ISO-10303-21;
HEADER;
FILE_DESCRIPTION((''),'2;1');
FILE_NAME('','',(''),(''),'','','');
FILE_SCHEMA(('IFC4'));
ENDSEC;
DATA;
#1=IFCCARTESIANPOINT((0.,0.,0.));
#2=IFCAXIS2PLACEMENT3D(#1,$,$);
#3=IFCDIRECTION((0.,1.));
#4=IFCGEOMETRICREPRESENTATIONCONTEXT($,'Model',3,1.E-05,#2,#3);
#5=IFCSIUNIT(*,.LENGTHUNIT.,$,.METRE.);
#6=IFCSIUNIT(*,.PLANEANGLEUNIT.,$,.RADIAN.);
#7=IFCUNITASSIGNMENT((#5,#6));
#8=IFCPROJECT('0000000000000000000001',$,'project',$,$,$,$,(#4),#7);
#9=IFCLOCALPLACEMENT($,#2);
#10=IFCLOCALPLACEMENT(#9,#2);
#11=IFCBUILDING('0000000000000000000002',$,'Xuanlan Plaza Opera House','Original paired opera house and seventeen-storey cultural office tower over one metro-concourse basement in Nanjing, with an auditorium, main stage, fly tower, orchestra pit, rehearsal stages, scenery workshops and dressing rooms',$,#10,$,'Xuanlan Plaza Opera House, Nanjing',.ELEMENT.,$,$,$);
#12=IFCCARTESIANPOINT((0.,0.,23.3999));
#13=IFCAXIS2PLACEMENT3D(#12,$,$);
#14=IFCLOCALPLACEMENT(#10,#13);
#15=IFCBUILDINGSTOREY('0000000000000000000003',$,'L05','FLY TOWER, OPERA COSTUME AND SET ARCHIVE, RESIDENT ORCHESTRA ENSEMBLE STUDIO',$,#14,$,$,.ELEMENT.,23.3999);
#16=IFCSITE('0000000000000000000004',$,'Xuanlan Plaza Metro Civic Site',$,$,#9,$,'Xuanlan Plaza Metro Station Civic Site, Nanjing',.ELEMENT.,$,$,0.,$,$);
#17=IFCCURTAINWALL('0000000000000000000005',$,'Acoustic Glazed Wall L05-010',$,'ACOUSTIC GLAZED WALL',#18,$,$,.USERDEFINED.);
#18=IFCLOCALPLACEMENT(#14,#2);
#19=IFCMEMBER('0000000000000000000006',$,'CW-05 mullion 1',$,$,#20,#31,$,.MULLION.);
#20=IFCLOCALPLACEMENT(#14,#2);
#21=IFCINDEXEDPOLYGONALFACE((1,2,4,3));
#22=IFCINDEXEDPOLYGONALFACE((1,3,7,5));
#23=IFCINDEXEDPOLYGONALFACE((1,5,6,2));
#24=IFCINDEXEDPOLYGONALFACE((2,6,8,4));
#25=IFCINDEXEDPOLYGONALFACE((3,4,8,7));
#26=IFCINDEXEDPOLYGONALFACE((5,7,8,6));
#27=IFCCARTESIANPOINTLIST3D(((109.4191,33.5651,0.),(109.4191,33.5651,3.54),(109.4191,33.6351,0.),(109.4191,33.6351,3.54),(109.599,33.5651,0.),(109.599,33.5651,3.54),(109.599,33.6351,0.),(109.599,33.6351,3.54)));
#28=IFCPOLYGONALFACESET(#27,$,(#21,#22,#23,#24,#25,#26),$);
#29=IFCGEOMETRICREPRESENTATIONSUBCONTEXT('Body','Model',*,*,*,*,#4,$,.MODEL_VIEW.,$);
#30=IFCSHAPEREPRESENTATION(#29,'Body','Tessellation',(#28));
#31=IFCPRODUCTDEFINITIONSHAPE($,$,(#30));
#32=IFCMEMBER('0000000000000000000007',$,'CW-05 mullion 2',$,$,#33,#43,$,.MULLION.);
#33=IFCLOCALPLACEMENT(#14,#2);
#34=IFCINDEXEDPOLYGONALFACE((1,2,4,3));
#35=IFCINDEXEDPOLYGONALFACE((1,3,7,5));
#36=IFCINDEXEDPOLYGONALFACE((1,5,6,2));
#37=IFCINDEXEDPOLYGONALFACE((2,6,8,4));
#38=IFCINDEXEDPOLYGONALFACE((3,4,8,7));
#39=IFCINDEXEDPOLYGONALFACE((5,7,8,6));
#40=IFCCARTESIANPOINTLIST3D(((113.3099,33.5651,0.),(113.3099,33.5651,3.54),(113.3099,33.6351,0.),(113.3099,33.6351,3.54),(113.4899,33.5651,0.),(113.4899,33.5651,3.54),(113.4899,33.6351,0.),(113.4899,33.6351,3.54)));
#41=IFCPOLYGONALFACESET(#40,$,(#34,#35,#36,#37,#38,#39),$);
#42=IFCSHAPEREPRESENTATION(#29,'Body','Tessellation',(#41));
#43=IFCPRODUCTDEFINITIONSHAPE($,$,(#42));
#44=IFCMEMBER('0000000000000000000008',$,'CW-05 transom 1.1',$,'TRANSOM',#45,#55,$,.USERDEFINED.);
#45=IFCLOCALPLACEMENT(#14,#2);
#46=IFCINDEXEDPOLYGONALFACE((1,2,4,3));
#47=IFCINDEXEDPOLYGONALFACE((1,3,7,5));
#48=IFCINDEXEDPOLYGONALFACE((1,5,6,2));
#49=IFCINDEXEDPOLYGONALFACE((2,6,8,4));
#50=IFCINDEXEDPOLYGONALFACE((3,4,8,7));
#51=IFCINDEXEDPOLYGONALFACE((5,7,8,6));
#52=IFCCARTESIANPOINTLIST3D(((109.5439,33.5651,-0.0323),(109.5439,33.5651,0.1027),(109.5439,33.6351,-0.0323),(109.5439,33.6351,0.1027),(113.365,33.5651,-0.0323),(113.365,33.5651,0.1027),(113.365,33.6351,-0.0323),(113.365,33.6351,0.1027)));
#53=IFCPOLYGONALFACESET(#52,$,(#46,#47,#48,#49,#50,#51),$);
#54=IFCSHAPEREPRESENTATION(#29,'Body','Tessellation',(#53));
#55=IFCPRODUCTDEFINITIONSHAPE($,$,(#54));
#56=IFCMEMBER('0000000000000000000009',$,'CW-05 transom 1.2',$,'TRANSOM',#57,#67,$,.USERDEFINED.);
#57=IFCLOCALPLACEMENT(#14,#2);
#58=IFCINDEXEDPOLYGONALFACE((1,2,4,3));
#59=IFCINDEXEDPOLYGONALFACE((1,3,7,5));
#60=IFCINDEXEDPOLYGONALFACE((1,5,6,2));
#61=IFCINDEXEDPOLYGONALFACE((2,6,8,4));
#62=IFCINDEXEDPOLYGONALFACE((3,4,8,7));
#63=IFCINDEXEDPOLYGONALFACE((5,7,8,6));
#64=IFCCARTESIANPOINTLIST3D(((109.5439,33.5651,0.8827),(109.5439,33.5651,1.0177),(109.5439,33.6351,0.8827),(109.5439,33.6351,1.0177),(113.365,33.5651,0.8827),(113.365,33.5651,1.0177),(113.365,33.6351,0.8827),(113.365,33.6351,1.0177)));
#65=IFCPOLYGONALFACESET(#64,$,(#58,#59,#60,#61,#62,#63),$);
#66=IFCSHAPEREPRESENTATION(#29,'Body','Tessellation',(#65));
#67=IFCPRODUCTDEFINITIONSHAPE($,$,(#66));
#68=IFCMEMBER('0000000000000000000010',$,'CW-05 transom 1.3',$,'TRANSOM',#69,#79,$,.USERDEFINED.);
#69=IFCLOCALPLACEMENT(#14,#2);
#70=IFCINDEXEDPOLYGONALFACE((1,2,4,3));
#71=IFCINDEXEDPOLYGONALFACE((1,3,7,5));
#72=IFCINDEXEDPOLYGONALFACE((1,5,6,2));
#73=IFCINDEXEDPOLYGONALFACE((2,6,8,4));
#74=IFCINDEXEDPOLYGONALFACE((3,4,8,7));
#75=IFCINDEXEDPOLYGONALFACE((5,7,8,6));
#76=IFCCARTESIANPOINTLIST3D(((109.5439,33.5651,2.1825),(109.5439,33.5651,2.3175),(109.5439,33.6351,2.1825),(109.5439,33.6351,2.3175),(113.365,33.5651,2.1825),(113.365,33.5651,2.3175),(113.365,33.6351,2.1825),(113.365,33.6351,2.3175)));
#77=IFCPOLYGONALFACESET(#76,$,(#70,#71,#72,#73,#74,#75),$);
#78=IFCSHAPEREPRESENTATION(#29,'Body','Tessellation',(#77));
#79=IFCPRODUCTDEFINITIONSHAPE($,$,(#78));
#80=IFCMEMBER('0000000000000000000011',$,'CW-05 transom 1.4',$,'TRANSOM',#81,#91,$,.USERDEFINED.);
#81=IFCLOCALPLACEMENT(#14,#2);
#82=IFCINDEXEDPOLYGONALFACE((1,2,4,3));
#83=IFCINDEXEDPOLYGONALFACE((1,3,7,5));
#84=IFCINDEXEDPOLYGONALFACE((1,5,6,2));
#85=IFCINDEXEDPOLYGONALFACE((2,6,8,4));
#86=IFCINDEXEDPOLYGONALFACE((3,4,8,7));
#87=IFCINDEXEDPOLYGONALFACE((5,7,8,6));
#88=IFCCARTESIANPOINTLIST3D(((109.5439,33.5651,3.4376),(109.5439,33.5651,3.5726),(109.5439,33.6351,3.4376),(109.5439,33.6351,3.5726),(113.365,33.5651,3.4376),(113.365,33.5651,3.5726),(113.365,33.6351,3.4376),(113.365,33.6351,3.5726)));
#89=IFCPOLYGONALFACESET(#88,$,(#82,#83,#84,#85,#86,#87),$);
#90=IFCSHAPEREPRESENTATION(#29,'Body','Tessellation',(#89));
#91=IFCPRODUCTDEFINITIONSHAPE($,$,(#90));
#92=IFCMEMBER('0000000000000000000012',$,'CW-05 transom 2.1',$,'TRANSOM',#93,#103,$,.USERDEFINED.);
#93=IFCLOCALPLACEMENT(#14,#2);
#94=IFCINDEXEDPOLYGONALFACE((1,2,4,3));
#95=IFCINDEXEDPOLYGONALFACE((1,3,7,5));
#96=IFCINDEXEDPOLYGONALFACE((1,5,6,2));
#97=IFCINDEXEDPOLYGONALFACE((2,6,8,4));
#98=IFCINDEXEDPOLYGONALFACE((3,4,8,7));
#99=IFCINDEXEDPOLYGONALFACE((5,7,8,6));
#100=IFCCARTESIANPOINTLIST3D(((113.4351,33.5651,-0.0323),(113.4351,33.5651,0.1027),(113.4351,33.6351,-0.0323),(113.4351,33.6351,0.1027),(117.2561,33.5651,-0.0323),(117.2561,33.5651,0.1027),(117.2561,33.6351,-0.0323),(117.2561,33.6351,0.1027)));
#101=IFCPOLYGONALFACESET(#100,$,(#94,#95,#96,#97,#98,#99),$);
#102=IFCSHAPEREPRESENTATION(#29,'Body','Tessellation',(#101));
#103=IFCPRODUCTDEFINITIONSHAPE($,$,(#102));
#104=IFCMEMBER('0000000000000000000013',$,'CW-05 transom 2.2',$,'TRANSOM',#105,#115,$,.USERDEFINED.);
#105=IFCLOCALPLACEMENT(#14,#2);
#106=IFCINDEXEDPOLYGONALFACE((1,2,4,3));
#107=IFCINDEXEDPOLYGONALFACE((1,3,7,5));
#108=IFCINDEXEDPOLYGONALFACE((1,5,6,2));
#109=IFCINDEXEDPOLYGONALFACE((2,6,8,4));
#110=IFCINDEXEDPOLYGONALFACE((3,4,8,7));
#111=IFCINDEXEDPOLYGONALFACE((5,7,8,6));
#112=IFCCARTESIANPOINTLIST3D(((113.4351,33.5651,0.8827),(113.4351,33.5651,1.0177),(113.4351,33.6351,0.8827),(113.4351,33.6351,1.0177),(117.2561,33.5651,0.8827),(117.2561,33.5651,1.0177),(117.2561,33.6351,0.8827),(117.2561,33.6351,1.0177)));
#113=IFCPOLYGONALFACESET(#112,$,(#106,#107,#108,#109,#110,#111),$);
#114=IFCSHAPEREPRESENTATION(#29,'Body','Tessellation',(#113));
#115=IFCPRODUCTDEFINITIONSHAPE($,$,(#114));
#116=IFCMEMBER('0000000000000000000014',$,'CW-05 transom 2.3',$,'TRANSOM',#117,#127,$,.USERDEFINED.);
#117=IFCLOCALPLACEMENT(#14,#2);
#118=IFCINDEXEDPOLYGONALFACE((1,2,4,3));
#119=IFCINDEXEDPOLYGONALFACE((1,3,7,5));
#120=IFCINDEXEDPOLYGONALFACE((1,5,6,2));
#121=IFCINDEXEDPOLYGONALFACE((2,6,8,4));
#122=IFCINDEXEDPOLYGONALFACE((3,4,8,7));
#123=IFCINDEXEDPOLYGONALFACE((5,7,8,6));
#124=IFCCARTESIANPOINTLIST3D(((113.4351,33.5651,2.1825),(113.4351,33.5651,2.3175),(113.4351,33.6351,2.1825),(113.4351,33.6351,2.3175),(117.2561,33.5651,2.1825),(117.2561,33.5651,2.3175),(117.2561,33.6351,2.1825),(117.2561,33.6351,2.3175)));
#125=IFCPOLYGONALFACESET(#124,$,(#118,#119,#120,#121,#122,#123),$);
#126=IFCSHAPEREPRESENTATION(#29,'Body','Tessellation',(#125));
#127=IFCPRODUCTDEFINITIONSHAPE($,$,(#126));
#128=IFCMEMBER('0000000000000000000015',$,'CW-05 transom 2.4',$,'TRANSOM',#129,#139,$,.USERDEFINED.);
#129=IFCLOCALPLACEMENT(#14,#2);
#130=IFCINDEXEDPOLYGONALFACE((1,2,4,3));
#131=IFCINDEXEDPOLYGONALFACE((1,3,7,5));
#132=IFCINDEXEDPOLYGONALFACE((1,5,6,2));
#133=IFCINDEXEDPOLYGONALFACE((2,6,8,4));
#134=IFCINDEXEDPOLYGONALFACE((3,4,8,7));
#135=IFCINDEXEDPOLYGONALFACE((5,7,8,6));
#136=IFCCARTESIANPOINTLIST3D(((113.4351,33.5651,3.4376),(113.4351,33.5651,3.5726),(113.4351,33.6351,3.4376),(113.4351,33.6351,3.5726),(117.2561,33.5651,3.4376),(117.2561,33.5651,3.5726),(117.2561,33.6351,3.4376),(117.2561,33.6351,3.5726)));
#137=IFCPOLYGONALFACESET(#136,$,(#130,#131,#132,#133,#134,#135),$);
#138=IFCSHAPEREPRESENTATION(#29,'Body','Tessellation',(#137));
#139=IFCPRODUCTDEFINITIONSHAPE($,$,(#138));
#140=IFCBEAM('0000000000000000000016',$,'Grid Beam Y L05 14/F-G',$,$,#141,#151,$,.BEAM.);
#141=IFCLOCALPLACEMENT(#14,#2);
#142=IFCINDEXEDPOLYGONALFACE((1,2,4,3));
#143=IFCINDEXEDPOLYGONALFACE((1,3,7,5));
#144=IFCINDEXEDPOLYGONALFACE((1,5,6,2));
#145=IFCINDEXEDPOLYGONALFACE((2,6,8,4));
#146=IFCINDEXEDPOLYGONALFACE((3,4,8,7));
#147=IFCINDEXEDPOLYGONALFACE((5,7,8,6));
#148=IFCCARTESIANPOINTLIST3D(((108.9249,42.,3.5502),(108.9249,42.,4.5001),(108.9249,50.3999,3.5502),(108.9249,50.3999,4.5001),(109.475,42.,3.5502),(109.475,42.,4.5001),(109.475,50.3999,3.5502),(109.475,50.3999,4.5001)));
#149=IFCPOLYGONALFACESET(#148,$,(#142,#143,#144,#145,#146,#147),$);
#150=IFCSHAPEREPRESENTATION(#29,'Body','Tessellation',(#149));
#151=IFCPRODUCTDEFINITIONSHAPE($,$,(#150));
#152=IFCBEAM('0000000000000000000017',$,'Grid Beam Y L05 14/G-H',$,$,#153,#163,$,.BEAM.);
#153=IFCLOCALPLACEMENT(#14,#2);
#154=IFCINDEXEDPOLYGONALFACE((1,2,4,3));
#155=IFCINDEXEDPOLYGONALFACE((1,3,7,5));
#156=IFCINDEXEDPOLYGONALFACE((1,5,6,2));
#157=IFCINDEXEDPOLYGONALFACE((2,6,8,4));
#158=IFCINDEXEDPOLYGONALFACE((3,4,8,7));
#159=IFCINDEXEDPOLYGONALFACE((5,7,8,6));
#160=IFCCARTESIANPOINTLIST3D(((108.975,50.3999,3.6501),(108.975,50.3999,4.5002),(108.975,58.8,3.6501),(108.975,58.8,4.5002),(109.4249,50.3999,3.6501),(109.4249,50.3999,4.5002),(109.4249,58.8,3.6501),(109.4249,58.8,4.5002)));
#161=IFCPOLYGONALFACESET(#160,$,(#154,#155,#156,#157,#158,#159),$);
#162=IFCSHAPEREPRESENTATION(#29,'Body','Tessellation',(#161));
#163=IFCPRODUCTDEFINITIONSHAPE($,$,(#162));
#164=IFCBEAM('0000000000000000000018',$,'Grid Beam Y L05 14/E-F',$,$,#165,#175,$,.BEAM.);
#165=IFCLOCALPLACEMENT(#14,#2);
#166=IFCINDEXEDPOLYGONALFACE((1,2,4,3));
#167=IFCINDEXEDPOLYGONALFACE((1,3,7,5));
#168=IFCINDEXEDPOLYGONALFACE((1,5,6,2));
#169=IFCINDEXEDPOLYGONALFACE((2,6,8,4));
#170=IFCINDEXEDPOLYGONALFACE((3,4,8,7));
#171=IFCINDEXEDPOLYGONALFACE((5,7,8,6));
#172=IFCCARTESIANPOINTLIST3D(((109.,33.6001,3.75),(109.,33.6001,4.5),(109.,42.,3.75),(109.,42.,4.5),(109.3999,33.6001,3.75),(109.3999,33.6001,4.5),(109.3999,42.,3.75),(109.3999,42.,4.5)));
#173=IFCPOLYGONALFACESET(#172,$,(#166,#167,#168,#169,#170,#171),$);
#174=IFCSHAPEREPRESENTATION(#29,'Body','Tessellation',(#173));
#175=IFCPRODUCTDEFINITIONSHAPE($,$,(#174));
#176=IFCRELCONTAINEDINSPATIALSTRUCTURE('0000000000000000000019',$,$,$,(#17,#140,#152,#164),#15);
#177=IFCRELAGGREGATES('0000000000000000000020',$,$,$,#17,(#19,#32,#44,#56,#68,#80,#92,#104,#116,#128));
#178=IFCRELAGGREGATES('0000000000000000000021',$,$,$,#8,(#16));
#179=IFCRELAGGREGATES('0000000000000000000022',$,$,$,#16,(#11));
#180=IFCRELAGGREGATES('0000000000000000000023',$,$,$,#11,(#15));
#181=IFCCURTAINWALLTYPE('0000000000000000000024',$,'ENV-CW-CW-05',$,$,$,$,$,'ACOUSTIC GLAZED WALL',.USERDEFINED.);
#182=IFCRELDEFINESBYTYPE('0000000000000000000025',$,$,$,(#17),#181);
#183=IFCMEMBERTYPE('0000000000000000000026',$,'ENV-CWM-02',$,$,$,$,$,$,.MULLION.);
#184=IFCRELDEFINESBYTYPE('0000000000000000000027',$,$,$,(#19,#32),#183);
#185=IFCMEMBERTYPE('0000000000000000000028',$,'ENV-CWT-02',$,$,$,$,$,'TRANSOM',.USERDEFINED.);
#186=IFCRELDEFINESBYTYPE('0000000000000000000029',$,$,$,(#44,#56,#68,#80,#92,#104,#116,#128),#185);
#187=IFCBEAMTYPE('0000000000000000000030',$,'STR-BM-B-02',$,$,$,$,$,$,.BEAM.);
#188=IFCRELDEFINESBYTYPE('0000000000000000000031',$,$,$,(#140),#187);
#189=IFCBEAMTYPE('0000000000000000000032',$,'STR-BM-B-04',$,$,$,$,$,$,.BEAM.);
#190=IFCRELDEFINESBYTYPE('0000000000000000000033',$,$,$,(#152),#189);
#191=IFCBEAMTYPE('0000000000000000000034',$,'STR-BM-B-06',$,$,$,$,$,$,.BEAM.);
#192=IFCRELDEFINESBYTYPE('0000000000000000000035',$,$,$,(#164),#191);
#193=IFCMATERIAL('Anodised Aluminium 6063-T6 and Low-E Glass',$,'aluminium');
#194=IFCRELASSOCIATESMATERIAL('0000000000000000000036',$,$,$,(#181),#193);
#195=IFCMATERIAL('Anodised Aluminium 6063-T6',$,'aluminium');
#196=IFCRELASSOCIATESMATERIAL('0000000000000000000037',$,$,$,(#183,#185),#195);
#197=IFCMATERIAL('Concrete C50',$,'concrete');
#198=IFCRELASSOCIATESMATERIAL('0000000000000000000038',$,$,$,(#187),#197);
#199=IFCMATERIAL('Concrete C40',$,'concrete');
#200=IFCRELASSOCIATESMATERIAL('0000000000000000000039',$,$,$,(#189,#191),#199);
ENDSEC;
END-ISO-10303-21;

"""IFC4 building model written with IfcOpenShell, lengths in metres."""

from ifc_helpers import new_model, si_unit, direction, frame, origin, origin_2d, place, context, subcontext, project, spatial, rectangle, extrude, material, material_profile, profile_set, type_object, element, aggregate, save


model = new_model("IFC4")

# Units and contexts
model_context = context("Model", 3, precision=1e-05, world=origin(), true_north=direction((0.0, 1.0)))
body_context = subcontext(model_context, "Body", "Model", "MODEL_VIEW")
ifc_project = project(units=[si_unit("LENGTHUNIT", "METRE"), si_unit("PLANEANGLEUNIT", "RADIAN")], contexts=[model_context])

# Site, building, storey
site_placement = place(None, origin())
site = spatial("IfcSite", under=ifc_project, at=site_placement, Name="Xuanlan Plaza Metro Civic Site", LongName="Xuanlan Plaza Metro Station Civic Site, Nanjing", CompositionType="ELEMENT", RefElevation=0.0)
building_placement = place(site_placement, origin())
building = spatial("IfcBuilding", under=site, at=building_placement, Name="Xuanlan Plaza Opera House", Description="Original paired opera house and seventeen-storey cultural office tower over one metro-concourse basement in Nanjing, with an auditorium, main stage, fly tower, orchestra pit, rehearsal stages, scenery workshops and dressing rooms", LongName="Xuanlan Plaza Opera House, Nanjing", CompositionType="ELEMENT")
storey_placement = place(building_placement, frame((0.0, 0.0, 23.3999)))
storey = spatial("IfcBuildingStorey", under=building, at=storey_placement, Name="L05", Description="FLY TOWER, OPERA COSTUME AND SET ARCHIVE, RESIDENT ORCHESTRA ENSEMBLE STUDIO", CompositionType="ELEMENT", Elevation=23.3999)

# Shared definitions
ifc_material_1 = material(Name="Concrete C50", Category="concrete")

# Shared definitions
ifc_material_2 = material(Name="Anodised Aluminium 6063-T6 and Low-E Glass", Category="aluminium")
ifc_material_3 = material(Name="Anodised Aluminium 6063-T6", Category="aluminium")

# Curtain wall, members
curtain_wall_type_1 = type_object("IfcCurtainWallType", Name="ENV-CW-CW-05", ElementType="ACOUSTIC GLAZED WALL", PredefinedType="USERDEFINED", material=ifc_material_2)
curtain_wall_1_placement = place(storey_placement, origin())
curtain_wall_1 = element("IfcCurtainWall", 1, at=curtain_wall_1_placement, inside=storey, type_object=curtain_wall_type_1, Name="Acoustic Glazed Wall L05-010", ObjectType="ACOUSTIC GLAZED WALL", PredefinedType="USERDEFINED")
ifc_material_profile_1 = material_profile(ifc_material_3, rectangle(XDim=0.0701, YDim=0.1799, at=origin_2d()), Name="ALU-M 70x180")
ifc_profile_set_1 = profile_set([ifc_material_profile_1], Name="Anodised Aluminium 6063-T6")
member_type_1 = type_object("IfcMemberType", Name="ENV-CWM-02", PredefinedType="MULLION", material=ifc_profile_set_1)
member_1_placement = place(storey_placement, frame((109.509, 33.6001, 0.0), z_axis=(0.0, 0.0, 1.0), x_axis=(0.0, 1.0, 0.0)))
member_1 = element("IfcMember", 2, at=member_1_placement, type_object=member_type_1, Name="CW-05 mullion 1", PredefinedType="MULLION", context=body_context, shape_type="SweptSolid", body=[
    extrude(rectangle(XDim=0.0701, YDim=0.1799, at=origin_2d()), origin(), (0.0, 0.0, 1.0), 3.54),
])
member_2_placement = place(storey_placement, frame((113.3999, 33.6001, 0.0), z_axis=(0.0, 0.0, 1.0), x_axis=(0.0, 1.0, 0.0)))
member_2 = element("IfcMember", 3, at=member_2_placement, type_object=member_type_1, Name="CW-05 mullion 2", PredefinedType="MULLION", context=body_context, shape_type="SweptSolid", body=[
    extrude(rectangle(XDim=0.0701, YDim=0.1799, at=origin_2d()), origin(), (0.0, 0.0, 1.0), 3.54),
])
ifc_material_profile_2 = material_profile(ifc_material_3, rectangle(XDim=0.0701, YDim=0.135, at=origin_2d()), Name="ALU-T 70x135")
ifc_profile_set_2 = profile_set([ifc_material_profile_2], Name="Anodised Aluminium 6063-T6")
member_type_2 = type_object("IfcMemberType", Name="ENV-CWT-02", ElementType="TRANSOM", PredefinedType="USERDEFINED", material=ifc_profile_set_2)
member_3_placement = place(storey_placement, frame((109.5439, 33.6001, 0.0352), z_axis=(1.0, 0.0, 0.0), x_axis=(0.0, 1.0, 0.0)))
member_3 = element("IfcMember", 4, at=member_3_placement, type_object=member_type_2, Name="CW-05 transom 1.1", ObjectType="TRANSOM", PredefinedType="USERDEFINED", context=body_context, shape_type="SweptSolid", body=[
    extrude(rectangle(XDim=0.0701, YDim=0.135, at=origin_2d()), origin(), (0.0, 0.0, 1.0), 3.821),
])
member_4_placement = place(storey_placement, frame((109.5439, 33.6001, 0.9502), z_axis=(1.0, 0.0, 0.0), x_axis=(0.0, 1.0, 0.0)))
member_4 = element("IfcMember", 5, at=member_4_placement, type_object=member_type_2, Name="CW-05 transom 1.2", ObjectType="TRANSOM", PredefinedType="USERDEFINED", context=body_context, shape_type="SweptSolid", body=[
    extrude(rectangle(XDim=0.0701, YDim=0.135, at=origin_2d()), origin(), (0.0, 0.0, 1.0), 3.821),
])
member_5_placement = place(storey_placement, frame((109.5439, 33.6001, 2.25), z_axis=(1.0, 0.0, 0.0), x_axis=(0.0, 1.0, 0.0)))
member_5 = element("IfcMember", 6, at=member_5_placement, type_object=member_type_2, Name="CW-05 transom 1.3", ObjectType="TRANSOM", PredefinedType="USERDEFINED", context=body_context, shape_type="SweptSolid", body=[
    extrude(rectangle(XDim=0.0701, YDim=0.135, at=origin_2d()), origin(), (0.0, 0.0, 1.0), 3.821),
])
member_6_placement = place(storey_placement, frame((109.5439, 33.6001, 3.5051), z_axis=(1.0, 0.0, 0.0), x_axis=(0.0, 1.0, 0.0)))
member_6 = element("IfcMember", 7, at=member_6_placement, type_object=member_type_2, Name="CW-05 transom 1.4", ObjectType="TRANSOM", PredefinedType="USERDEFINED", context=body_context, shape_type="SweptSolid", body=[
    extrude(rectangle(XDim=0.0701, YDim=0.135, at=origin_2d()), origin(), (0.0, 0.0, 1.0), 3.821),
])
member_7_placement = place(storey_placement, frame((113.4351, 33.6001, 0.0352), z_axis=(1.0, 0.0, 0.0), x_axis=(0.0, 1.0, 0.0)))
member_7 = element("IfcMember", 8, at=member_7_placement, type_object=member_type_2, Name="CW-05 transom 2.1", ObjectType="TRANSOM", PredefinedType="USERDEFINED", context=body_context, shape_type="SweptSolid", body=[
    extrude(rectangle(XDim=0.0701, YDim=0.135, at=origin_2d()), origin(), (0.0, 0.0, 1.0), 3.821),
])
member_8_placement = place(storey_placement, frame((113.4351, 33.6001, 0.9502), z_axis=(1.0, 0.0, 0.0), x_axis=(0.0, 1.0, 0.0)))
member_8 = element("IfcMember", 9, at=member_8_placement, type_object=member_type_2, Name="CW-05 transom 2.2", ObjectType="TRANSOM", PredefinedType="USERDEFINED", context=body_context, shape_type="SweptSolid", body=[
    extrude(rectangle(XDim=0.0701, YDim=0.135, at=origin_2d()), origin(), (0.0, 0.0, 1.0), 3.821),
])
member_9_placement = place(storey_placement, frame((113.4351, 33.6001, 2.25), z_axis=(1.0, 0.0, 0.0), x_axis=(0.0, 1.0, 0.0)))
member_9 = element("IfcMember", 10, at=member_9_placement, type_object=member_type_2, Name="CW-05 transom 2.3", ObjectType="TRANSOM", PredefinedType="USERDEFINED", context=body_context, shape_type="SweptSolid", body=[
    extrude(rectangle(XDim=0.0701, YDim=0.135, at=origin_2d()), origin(), (0.0, 0.0, 1.0), 3.821),
])
member_10_placement = place(storey_placement, frame((113.4351, 33.6001, 3.5051), z_axis=(1.0, 0.0, 0.0), x_axis=(0.0, 1.0, 0.0)))
member_10 = element("IfcMember", 11, at=member_10_placement, type_object=member_type_2, Name="CW-05 transom 2.4", ObjectType="TRANSOM", PredefinedType="USERDEFINED", context=body_context, shape_type="SweptSolid", body=[
    extrude(rectangle(XDim=0.0701, YDim=0.135, at=origin_2d()), origin(), (0.0, 0.0, 1.0), 3.821),
])

# Beams
ifc_material_profile_3 = material_profile(ifc_material_1, rectangle(XDim=0.55, YDim=0.95, at=origin_2d()), Name="RC-BM 550x950")
ifc_profile_set_3 = profile_set([ifc_material_profile_3], Name="Concrete C50")
beam_type_1 = type_object("IfcBeamType", Name="STR-BM-B-02", PredefinedType="BEAM", material=ifc_profile_set_3)
beam_1_placement = place(storey_placement, frame((109.2, 42.0, 4.0251), z_axis=(0.0, 1.0, 0.0), x_axis=(-1.0, 0.0, 0.0)))
element("IfcBeam", 12, at=beam_1_placement, inside=storey, type_object=beam_type_1, Name="Grid Beam Y L05 14/F-G", PredefinedType="BEAM", context=body_context, shape_type="SweptSolid", body=[
    extrude(rectangle(XDim=0.55, YDim=0.95, at=origin_2d()), origin(), (0.0, 0.0, 1.0), 8.3999),
])
ifc_material_4 = material(Name="Concrete C40", Category="concrete")
ifc_material_profile_4 = material_profile(ifc_material_4, rectangle(XDim=0.45, YDim=0.8501, at=origin_2d()), Name="RC-BM 450x850")
ifc_profile_set_4 = profile_set([ifc_material_profile_4], Name="Concrete C40")
beam_type_2 = type_object("IfcBeamType", Name="STR-BM-B-04", PredefinedType="BEAM", material=ifc_profile_set_4)
beam_2_placement = place(storey_placement, frame((109.2, 50.3999, 4.0752), z_axis=(0.0, 1.0, 0.0), x_axis=(-1.0, 0.0, 0.0)))
element("IfcBeam", 13, at=beam_2_placement, inside=storey, type_object=beam_type_2, Name="Grid Beam Y L05 14/G-H", PredefinedType="BEAM", context=body_context, shape_type="SweptSolid", body=[
    extrude(rectangle(XDim=0.45, YDim=0.8501, at=origin_2d()), origin(), (0.0, 0.0, 1.0), 8.4001),
])
ifc_material_profile_5 = material_profile(ifc_material_4, rectangle(XDim=0.3999, YDim=0.75, at=origin_2d()), Name="RC-BM 400x750")
ifc_profile_set_5 = profile_set([ifc_material_profile_5], Name="Concrete C40")
beam_type_3 = type_object("IfcBeamType", Name="STR-BM-B-06", PredefinedType="BEAM", material=ifc_profile_set_5)
beam_3_placement = place(storey_placement, frame((109.2, 33.6001, 4.125), z_axis=(0.0, 1.0, 0.0), x_axis=(-1.0, 0.0, 0.0)))
element("IfcBeam", 14, at=beam_3_placement, inside=storey, type_object=beam_type_3, Name="Grid Beam Y L05 14/E-F", PredefinedType="BEAM", context=body_context, shape_type="SweptSolid", body=[
    extrude(rectangle(XDim=0.3999, YDim=0.75, at=origin_2d()), origin(), (0.0, 0.0, 1.0), 8.3999),
])

aggregate(curtain_wall_1, [member_1, member_2, member_3, member_4, member_5, member_6, member_7, member_8, member_9, member_10])

save(model, "model.ifc")
